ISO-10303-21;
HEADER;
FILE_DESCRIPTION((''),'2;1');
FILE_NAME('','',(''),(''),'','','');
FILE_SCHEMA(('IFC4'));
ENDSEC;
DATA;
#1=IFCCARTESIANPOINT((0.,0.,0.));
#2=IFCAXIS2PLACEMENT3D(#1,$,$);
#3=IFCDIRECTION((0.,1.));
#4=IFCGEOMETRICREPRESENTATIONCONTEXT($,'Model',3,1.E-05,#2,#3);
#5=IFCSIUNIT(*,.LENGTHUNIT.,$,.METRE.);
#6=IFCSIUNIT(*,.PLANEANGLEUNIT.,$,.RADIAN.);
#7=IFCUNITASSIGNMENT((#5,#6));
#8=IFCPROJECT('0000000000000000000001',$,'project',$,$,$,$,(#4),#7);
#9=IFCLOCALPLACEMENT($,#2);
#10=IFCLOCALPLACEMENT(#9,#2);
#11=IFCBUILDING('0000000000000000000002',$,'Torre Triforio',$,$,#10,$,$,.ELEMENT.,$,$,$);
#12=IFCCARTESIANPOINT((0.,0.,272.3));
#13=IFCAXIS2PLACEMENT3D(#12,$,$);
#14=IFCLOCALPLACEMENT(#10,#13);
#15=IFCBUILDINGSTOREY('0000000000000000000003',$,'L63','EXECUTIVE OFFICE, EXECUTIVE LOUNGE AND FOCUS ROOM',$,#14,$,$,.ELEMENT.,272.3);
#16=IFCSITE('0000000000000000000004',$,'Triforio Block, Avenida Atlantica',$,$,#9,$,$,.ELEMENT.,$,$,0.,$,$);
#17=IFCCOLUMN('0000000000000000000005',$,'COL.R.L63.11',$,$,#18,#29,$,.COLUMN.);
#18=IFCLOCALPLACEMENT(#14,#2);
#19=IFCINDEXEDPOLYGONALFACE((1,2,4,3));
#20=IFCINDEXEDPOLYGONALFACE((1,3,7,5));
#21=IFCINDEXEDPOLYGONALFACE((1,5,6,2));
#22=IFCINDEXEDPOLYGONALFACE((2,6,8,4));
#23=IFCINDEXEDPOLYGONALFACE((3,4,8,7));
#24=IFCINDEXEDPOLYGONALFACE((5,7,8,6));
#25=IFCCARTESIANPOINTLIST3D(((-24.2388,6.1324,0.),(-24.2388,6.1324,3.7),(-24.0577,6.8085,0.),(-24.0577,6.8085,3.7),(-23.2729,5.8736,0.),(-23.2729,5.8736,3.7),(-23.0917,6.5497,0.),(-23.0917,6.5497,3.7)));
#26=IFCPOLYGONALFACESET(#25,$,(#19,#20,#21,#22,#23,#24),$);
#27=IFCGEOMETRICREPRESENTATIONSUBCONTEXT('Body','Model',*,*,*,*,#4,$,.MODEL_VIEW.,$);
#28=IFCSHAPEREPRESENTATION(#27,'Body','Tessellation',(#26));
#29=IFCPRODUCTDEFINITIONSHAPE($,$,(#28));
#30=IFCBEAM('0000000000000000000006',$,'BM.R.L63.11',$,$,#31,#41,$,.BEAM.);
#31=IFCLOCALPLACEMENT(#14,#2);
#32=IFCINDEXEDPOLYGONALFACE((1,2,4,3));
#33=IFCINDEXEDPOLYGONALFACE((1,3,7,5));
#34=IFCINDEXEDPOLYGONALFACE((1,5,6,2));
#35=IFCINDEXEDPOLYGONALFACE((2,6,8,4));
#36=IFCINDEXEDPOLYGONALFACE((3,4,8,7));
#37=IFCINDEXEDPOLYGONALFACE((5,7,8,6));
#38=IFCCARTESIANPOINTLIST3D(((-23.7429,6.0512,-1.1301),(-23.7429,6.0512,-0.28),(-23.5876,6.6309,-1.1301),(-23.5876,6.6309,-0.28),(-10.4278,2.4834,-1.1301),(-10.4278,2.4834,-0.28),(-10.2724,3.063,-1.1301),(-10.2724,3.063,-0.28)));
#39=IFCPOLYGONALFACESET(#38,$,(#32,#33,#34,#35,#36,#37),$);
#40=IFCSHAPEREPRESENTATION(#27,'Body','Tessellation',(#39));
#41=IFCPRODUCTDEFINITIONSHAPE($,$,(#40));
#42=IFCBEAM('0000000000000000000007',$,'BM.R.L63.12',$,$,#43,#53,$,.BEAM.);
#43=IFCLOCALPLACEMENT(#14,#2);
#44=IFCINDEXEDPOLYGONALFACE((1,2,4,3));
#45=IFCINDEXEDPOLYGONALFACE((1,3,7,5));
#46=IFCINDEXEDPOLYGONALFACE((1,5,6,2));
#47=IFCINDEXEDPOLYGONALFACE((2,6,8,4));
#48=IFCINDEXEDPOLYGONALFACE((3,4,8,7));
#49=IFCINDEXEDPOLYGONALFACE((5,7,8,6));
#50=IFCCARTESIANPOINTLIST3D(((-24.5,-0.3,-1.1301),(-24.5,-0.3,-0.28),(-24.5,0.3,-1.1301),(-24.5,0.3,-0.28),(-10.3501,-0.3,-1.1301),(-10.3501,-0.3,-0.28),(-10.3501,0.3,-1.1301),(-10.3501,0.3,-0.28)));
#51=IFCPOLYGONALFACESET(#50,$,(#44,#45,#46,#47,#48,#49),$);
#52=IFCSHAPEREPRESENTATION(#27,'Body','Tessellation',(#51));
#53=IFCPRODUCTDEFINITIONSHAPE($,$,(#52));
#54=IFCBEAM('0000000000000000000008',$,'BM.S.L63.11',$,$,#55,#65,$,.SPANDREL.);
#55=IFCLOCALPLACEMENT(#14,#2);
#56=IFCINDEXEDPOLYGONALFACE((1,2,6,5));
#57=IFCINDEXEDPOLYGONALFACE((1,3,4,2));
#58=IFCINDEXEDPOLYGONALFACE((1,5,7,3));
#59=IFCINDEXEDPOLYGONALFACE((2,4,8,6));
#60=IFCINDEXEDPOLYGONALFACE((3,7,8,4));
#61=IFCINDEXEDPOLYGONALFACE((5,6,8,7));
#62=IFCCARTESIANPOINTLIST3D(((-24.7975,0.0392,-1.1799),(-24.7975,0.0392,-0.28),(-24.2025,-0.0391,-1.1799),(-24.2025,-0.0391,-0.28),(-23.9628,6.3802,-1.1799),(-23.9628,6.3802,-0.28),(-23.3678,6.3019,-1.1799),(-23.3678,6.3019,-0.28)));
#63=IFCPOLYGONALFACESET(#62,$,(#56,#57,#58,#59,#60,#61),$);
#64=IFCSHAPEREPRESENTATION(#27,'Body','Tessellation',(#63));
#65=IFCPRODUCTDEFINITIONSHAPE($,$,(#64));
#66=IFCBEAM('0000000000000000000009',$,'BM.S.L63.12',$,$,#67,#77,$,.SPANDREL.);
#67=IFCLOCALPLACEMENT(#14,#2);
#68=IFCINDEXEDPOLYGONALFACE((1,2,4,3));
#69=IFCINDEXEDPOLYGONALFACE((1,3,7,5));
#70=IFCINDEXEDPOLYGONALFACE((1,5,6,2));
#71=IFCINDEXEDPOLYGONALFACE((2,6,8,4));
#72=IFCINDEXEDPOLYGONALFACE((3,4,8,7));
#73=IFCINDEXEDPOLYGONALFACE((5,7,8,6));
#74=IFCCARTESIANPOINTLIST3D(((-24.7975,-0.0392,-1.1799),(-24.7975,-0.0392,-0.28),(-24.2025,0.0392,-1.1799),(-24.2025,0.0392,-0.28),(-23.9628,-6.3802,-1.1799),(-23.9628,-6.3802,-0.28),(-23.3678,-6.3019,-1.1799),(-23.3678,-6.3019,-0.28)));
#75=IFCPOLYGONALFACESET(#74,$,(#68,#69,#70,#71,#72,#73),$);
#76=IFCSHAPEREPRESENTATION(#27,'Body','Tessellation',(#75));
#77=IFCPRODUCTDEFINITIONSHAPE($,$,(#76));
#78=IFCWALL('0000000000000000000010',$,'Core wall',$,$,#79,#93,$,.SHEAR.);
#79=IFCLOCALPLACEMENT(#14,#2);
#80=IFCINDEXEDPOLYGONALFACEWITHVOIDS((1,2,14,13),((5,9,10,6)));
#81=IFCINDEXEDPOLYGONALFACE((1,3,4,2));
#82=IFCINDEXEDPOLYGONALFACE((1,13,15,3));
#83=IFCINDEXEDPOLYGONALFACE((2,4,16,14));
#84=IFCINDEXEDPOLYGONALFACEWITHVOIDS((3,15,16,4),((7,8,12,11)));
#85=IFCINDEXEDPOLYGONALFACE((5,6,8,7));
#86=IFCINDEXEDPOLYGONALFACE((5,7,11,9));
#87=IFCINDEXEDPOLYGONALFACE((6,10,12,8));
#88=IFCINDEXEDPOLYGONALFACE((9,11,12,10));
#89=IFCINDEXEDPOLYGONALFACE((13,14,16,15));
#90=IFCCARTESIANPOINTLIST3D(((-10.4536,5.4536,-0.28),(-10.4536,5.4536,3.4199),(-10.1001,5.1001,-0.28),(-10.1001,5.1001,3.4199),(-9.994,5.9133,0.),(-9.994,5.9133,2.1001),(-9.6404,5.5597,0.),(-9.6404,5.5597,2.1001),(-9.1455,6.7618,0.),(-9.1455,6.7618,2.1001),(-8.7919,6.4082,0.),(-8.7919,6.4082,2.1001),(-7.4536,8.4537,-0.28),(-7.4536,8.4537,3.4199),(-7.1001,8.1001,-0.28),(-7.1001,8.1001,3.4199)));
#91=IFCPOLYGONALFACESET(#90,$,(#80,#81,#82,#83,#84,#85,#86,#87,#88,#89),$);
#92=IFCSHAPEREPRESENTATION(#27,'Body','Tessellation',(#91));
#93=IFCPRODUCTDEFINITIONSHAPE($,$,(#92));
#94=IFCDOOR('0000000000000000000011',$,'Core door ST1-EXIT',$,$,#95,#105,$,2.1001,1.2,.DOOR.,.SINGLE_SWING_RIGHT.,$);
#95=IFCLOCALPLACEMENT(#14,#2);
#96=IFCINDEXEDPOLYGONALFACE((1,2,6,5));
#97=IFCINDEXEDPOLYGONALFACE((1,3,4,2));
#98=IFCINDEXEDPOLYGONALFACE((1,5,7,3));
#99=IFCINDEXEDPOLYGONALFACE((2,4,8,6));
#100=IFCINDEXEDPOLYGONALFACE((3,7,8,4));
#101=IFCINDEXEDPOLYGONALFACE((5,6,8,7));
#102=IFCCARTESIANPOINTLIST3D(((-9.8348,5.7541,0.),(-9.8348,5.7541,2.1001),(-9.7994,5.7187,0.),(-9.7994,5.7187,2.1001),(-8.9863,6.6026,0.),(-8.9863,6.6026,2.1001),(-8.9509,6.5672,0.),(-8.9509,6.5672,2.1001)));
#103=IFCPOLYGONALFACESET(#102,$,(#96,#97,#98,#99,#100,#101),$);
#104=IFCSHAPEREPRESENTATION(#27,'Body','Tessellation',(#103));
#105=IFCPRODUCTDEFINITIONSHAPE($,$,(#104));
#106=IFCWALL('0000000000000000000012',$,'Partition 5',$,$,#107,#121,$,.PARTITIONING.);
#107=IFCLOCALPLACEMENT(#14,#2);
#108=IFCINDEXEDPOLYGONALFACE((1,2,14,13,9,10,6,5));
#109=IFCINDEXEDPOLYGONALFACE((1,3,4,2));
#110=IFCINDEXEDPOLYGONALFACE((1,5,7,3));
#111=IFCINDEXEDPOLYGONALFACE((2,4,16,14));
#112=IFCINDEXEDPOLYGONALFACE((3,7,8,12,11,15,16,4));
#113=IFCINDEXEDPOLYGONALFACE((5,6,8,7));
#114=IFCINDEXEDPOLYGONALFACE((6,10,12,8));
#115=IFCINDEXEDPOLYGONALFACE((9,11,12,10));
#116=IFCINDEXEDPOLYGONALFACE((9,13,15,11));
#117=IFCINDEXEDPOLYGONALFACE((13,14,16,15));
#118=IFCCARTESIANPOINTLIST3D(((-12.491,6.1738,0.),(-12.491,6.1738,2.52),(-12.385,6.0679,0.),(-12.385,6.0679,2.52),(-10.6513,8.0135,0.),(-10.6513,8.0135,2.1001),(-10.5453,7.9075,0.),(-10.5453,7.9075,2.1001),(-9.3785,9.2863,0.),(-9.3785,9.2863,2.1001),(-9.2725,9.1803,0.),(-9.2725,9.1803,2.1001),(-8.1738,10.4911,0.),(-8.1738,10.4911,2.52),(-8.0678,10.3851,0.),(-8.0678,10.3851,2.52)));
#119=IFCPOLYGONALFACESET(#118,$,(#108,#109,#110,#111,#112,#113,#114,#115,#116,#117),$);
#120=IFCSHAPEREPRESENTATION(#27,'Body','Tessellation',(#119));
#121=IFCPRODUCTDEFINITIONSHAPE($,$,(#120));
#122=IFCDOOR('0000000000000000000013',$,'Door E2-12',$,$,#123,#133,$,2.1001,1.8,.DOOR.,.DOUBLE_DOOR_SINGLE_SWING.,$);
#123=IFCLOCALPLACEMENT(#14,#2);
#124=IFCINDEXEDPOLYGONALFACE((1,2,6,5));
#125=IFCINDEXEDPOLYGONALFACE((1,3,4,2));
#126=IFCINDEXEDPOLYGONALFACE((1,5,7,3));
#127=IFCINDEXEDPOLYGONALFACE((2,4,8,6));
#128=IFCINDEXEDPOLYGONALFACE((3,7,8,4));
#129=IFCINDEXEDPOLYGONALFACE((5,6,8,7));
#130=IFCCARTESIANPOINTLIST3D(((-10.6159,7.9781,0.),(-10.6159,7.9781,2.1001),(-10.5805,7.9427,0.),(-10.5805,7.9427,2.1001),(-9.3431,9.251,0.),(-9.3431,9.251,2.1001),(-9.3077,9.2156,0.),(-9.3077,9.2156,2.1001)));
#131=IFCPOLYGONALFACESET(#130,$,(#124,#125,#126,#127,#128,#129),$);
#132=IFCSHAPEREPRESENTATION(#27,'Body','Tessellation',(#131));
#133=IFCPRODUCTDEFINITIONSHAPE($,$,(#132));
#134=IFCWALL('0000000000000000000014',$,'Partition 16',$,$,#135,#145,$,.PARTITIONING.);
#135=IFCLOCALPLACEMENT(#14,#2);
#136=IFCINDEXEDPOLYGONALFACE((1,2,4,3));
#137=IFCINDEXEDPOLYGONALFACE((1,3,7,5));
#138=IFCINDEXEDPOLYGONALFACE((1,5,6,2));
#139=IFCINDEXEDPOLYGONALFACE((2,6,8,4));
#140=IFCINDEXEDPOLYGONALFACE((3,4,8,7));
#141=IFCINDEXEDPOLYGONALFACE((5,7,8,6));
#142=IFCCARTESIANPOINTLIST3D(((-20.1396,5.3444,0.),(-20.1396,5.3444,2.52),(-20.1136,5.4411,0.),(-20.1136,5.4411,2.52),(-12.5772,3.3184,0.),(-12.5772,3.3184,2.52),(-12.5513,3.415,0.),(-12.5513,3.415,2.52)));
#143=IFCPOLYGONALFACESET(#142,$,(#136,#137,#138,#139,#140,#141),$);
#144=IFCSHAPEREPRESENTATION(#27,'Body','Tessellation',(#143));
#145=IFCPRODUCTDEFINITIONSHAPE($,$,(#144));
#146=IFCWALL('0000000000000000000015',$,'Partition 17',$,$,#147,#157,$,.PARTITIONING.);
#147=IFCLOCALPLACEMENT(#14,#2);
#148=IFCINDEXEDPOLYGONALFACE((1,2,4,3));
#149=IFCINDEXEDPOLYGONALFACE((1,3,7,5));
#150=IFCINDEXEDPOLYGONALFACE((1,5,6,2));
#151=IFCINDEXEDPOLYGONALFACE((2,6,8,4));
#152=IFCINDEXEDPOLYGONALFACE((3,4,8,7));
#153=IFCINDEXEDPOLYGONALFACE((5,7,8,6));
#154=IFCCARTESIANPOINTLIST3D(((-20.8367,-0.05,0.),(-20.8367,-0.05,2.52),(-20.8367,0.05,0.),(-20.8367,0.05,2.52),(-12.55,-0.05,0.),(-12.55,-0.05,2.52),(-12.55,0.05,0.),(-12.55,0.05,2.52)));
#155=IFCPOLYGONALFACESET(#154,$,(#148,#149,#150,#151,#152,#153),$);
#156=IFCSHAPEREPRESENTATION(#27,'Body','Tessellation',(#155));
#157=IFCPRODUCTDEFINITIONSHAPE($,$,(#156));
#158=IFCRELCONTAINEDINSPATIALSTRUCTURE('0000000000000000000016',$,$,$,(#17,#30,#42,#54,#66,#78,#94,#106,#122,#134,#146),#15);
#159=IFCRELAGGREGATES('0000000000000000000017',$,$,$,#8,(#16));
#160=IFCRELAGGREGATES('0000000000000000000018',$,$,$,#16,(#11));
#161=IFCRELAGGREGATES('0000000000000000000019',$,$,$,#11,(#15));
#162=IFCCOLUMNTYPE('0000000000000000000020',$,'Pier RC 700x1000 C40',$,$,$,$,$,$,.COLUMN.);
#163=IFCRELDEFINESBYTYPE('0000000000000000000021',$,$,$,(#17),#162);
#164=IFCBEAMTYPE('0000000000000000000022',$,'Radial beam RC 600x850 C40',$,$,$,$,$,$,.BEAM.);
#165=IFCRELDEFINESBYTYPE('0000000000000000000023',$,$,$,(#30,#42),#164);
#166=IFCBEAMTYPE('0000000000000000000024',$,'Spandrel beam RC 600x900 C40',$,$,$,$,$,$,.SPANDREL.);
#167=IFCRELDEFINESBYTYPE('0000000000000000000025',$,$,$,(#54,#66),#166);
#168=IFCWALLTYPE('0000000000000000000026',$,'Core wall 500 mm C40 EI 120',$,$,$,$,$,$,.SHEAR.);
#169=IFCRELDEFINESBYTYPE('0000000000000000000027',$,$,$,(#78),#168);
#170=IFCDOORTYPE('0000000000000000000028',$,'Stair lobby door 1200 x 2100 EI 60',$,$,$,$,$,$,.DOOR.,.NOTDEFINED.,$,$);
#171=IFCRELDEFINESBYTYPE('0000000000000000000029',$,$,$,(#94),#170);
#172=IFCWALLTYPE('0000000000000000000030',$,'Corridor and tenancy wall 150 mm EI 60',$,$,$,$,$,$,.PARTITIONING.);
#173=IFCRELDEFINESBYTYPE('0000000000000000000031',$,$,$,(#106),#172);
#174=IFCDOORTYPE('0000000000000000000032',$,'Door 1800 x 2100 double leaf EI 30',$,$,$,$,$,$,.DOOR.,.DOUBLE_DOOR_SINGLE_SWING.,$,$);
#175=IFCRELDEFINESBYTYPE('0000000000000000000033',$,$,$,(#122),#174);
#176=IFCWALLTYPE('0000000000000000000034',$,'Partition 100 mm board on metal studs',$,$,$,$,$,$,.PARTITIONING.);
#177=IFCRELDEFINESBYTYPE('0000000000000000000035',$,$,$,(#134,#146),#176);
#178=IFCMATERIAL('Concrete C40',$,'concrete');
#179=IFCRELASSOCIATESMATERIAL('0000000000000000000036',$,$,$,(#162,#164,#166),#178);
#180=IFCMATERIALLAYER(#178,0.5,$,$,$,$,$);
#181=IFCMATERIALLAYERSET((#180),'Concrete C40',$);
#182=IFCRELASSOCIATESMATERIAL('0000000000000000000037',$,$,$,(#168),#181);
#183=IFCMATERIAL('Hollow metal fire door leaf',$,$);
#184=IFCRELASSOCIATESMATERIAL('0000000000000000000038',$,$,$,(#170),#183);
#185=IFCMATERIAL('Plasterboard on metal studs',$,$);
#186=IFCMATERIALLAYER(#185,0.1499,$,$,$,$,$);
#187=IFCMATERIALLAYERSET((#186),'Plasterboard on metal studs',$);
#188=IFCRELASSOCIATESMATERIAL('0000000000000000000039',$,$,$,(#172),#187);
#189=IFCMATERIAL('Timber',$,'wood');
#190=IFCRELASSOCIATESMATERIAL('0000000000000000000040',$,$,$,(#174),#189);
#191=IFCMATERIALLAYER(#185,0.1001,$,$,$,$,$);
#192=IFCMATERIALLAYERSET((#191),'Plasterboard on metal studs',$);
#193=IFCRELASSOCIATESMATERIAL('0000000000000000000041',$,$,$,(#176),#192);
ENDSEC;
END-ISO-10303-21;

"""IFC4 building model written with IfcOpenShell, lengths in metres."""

from ifc_helpers import new_model, si_unit, direction, frame, frame_2d, origin, origin_2d, place, context, subcontext, project, spatial, rectangle, extrude, material, layer, layer_set, material_profile, profile_set, type_object, element, fill, save


model = new_model("IFC4")

# Units and contexts
model_context = context("Model", 3, precision=1e-05, world=origin(), true_north=direction((0.0, 1.0)))
body_context = subcontext(model_context, "Body", "Model", "MODEL_VIEW")
ifc_project = project(units=[si_unit("LENGTHUNIT", "METRE"), si_unit("PLANEANGLEUNIT", "RADIAN")], contexts=[model_context])

# Site, building, storey
site_placement = place(None, origin())
site = spatial("IfcSite", under=ifc_project, at=site_placement, Name="Triforio Block, Avenida Atlantica", CompositionType="ELEMENT", RefElevation=0.0)
building_placement = place(site_placement, origin())
building = spatial("IfcBuilding", under=site, at=building_placement, Name="Torre Triforio", CompositionType="ELEMENT")
storey_placement = place(building_placement, frame((0.0, 0.0, 272.3)))
storey = spatial("IfcBuildingStorey", under=building, at=storey_placement, Name="L63", Description="EXECUTIVE OFFICE, EXECUTIVE LOUNGE AND FOCUS ROOM", CompositionType="ELEMENT", Elevation=272.3)

# Column
ifc_material_1 = material(Name="Concrete C40", Category="concrete")
ifc_material_profile_1 = material_profile(ifc_material_1, rectangle(XDim=0.7, YDim=1.0, at=origin_2d()), Name="RC 700x1000")
ifc_profile_set_1 = profile_set([ifc_material_profile_1], Name="Concrete C40")
column_type = type_object("IfcColumnType", Name="Pier RC 700x1000 C40", PredefinedType="COLUMN", material=ifc_profile_set_1)
column_placement = place(storey_placement, frame((-23.6653, 6.3411, 0.0), z_axis=(0.0, 0.0, 1.0), x_axis=(-0.258819, -0.965926, 0.0)))
element("IfcColumn", 1, at=column_placement, inside=storey, type_object=column_type, Name="COL.R.L63.11", PredefinedType="COLUMN", context=body_context, shape_type="SweptSolid", body=[
    extrude(rectangle(XDim=0.7, YDim=1.0, at=origin_2d()), origin(), (0.0, 0.0, 1.0), 3.7),
])

# Beams
ifc_material_profile_2 = material_profile(ifc_material_1, rectangle(XDim=0.6001, YDim=0.8501, at=origin_2d()), Name="RC 600x850")
ifc_profile_set_2 = profile_set([ifc_material_profile_2], Name="Concrete C40")
beam_type_1 = type_object("IfcBeamType", Name="Radial beam RC 600x850 C40", PredefinedType="BEAM", material=ifc_profile_set_2)
beam_1_placement = place(storey_placement, frame((-10.3501, 2.7732, -0.7051), z_axis=(-0.965924, 0.258824, 0.0), x_axis=(-0.258824, -0.965924, 0.0)))
element("IfcBeam", 2, at=beam_1_placement, inside=storey, type_object=beam_type_1, Name="BM.R.L63.11", PredefinedType="BEAM", context=body_context, shape_type="SweptSolid", body=[
    extrude(rectangle(XDim=0.6001, YDim=0.8501, at=origin_2d()), origin(), (0.0, 0.0, 1.0), 13.7849),
])
beam_2_placement = place(storey_placement, frame((-10.3501, 0.0, -0.7051), z_axis=(-1.0, 0.0, 0.0), x_axis=(0.0, -1.0, 0.0)))
element("IfcBeam", 3, at=beam_2_placement, inside=storey, type_object=beam_type_1, Name="BM.R.L63.12", PredefinedType="BEAM", context=body_context, shape_type="SweptSolid", body=[
    extrude(rectangle(XDim=0.6001, YDim=0.8501, at=origin_2d()), origin(), (0.0, 0.0, 1.0), 14.1499),
])
ifc_material_profile_3 = material_profile(ifc_material_1, rectangle(XDim=0.6001, YDim=0.8999, at=origin_2d()), Name="RC 600x900")
ifc_profile_set_3 = profile_set([ifc_material_profile_3], Name="Concrete C40")
beam_type_2 = type_object("IfcBeamType", Name="Spandrel beam RC 600x900 C40", PredefinedType="SPANDREL", material=ifc_profile_set_3)
for number, where, z_axis, x_axis, name in (
    (4, (-23.6653, 6.3411, -0.73), (-0.130511, -0.991447, 0.0), (0.991447, -0.130511, 0.0), "BM.S.L63.11"),
    (5, (-24.5, 0.0, -0.73), (0.130511, -0.991447, 0.0), (0.991447, 0.130511, 0.0), "BM.S.L63.12"),
):
    element("IfcBeam", number, at=place(storey_placement, frame(where, z_axis=z_axis, x_axis=x_axis)), inside=storey, type_object=beam_type_2, Name=name, PredefinedType="SPANDREL", context=body_context, shape_type="SweptSolid", body=[
        extrude(rectangle(XDim=0.6001, YDim=0.8999, at=origin_2d()), origin(), (0.0, 0.0, 1.0), 6.3958),
    ])

# Walls, openings, doors
ifc_layer_1 = layer(ifc_material_1, 0.5)
ifc_layer_set_1 = layer_set([ifc_layer_1], Name="Concrete C40")
wall_type_1 = type_object("IfcWallType", Name="Core wall 500 mm C40 EI 120", PredefinedType="SHEAR", material=ifc_layer_set_1)
wall_1_placement = place(storey_placement, frame((-10.2769, 5.2769, -0.28), z_axis=(0.0, 0.0, 1.0), x_axis=(0.707107, 0.707107, 0.0)))
wall_1 = element("IfcWall", 6, at=wall_1_placement, inside=storey, type_object=wall_type_1, Name="Core wall", PredefinedType="SHEAR", context=body_context, shape_type="SweptSolid", body=[
    extrude(rectangle(XDim=4.2427, YDim=0.5, at=frame_2d((2.1213, 0.0))), origin(), (0.0, 0.0, 1.0), 3.7),
])
opening_1_placement = place(wall_1_placement, frame((0.6499, 0.0, 0.28)))
opening_1 = element("IfcOpeningElement", 7, at=opening_1_placement, cuts=wall_1, PredefinedType="OPENING", context=body_context, shape_type="SweptSolid", body=[
    extrude(rectangle(XDim=1.2, YDim=2.1001, at=frame_2d((0.6001, 1.05))), frame((0.0, 0.26, 0.0), z_axis=(0.0, -1.0, 0.0), x_axis=(1.0, 0.0, 0.0)), (0.0, 0.0, 1.0), 0.52),
])
ifc_material_2 = material(Name="Hollow metal fire door leaf")
door_type_1 = type_object("IfcDoorType", Name="Stair lobby door 1200 x 2100 EI 60", OperationType="NOTDEFINED", PredefinedType="DOOR", material=ifc_material_2)
door_1_placement = place(opening_1_placement, origin())
door_1 = element("IfcDoor", 8, at=door_1_placement, inside=storey, type_object=door_type_1, Name="Core door ST1-EXIT", OperationType="SINGLE_SWING_RIGHT", OverallHeight=2.1001, OverallWidth=1.2, PredefinedType="DOOR", context=body_context, shape_type="SweptSolid", body=[
    extrude(rectangle(XDim=1.2, YDim=2.1001, at=frame_2d((0.6001, 1.05))), frame((0.0, 0.0249, 0.0), z_axis=(0.0, -1.0, 0.0), x_axis=(1.0, 0.0, 0.0)), (0.0, 0.0, 1.0), 0.05),
])
fill(opening_1, door_1)
ifc_material_3 = material(Name="Plasterboard on metal studs")
ifc_layer_2 = layer(ifc_material_3, 0.1499)
ifc_layer_set_2 = layer_set([ifc_layer_2], Name="Plasterboard on metal studs")
wall_type_2 = type_object("IfcWallType", Name="Corridor and tenancy wall 150 mm EI 60", PredefinedType="PARTITIONING", material=ifc_layer_set_2)
wall_2_placement = place(storey_placement, frame((-12.438, 6.1208, 0.0), z_axis=(0.0, 0.0, 1.0), x_axis=(0.707107, 0.707107, 0.0)))
wall_2 = element("IfcWall", 9, at=wall_2_placement, inside=storey, type_object=wall_type_2, Name="Partition 5", PredefinedType="PARTITIONING", context=body_context, shape_type="SweptSolid", body=[
    extrude(rectangle(XDim=6.1055, YDim=0.1499, at=frame_2d((3.0527, 0.0))), origin(), (0.0, 0.0, 1.0), 2.52),
])
opening_2_placement = place(wall_2_placement, frame((2.6018, 0.0, 0.0)))
opening_2 = element("IfcOpeningElement", 10, at=opening_2_placement, cuts=wall_2, PredefinedType="OPENING", context=body_context, shape_type="SweptSolid", body=[
    extrude(rectangle(XDim=1.8, YDim=2.1001, at=frame_2d((0.8999, 1.05))), frame((0.0, 0.085, 0.0), z_axis=(0.0, -1.0, 0.0), x_axis=(1.0, 0.0, 0.0)), (0.0, 0.0, 1.0), 0.1699),
])
ifc_material_4 = material(Name="Timber", Category="wood")
door_type_2 = type_object("IfcDoorType", Name="Door 1800 x 2100 double leaf EI 30", OperationType="DOUBLE_DOOR_SINGLE_SWING", PredefinedType="DOOR", material=ifc_material_4)
door_2_placement = place(opening_2_placement, origin())
door_2 = element("IfcDoor", 11, at=door_2_placement, inside=storey, type_object=door_type_2, Name="Door E2-12", OperationType="DOUBLE_DOOR_SINGLE_SWING", OverallHeight=2.1001, OverallWidth=1.8, PredefinedType="DOOR", context=body_context, shape_type="SweptSolid", body=[
    extrude(rectangle(XDim=1.8, YDim=2.1001, at=frame_2d((0.8999, 1.05))), frame((0.0, 0.0249, 0.0), z_axis=(0.0, -1.0, 0.0), x_axis=(1.0, 0.0, 0.0)), (0.0, 0.0, 1.0), 0.05),
])
fill(opening_2, door_2)

# Walls
ifc_layer_3 = layer(ifc_material_3, 0.1001)
ifc_layer_set_3 = layer_set([ifc_layer_3], Name="Plasterboard on metal studs")
wall_type_3 = type_object("IfcWallType", Name="Partition 100 mm board on metal studs", PredefinedType="PARTITIONING", material=ifc_layer_set_3)
wall_3_placement = place(storey_placement, frame((-12.5642, 3.3667, 0.0), z_axis=(0.0, 0.0, 1.0), x_axis=(-0.965934, 0.25879, 0.0)))
element("IfcWall", 12, at=wall_3_placement, inside=storey, type_object=wall_type_3, Name="Partition 16", PredefinedType="PARTITIONING", context=body_context, shape_type="SweptSolid", body=[
    extrude(rectangle(XDim=7.8291, YDim=0.1001, at=frame_2d((3.9146, 0.0))), origin(), (0.0, 0.0, 1.0), 2.52),
])
wall_4_placement = place(storey_placement, frame((-12.55, 0.0, 0.0), z_axis=(0.0, 0.0, 1.0), x_axis=(-1.0, 0.0, 0.0)))
element("IfcWall", 13, at=wall_4_placement, inside=storey, type_object=wall_type_3, Name="Partition 17", PredefinedType="PARTITIONING", context=body_context, shape_type="SweptSolid", body=[
    extrude(rectangle(XDim=8.2866, YDim=0.1001, at=frame_2d((4.1433, 0.0))), origin(), (0.0, 0.0, 1.0), 2.52),
])

save(model, "model.ifc")
